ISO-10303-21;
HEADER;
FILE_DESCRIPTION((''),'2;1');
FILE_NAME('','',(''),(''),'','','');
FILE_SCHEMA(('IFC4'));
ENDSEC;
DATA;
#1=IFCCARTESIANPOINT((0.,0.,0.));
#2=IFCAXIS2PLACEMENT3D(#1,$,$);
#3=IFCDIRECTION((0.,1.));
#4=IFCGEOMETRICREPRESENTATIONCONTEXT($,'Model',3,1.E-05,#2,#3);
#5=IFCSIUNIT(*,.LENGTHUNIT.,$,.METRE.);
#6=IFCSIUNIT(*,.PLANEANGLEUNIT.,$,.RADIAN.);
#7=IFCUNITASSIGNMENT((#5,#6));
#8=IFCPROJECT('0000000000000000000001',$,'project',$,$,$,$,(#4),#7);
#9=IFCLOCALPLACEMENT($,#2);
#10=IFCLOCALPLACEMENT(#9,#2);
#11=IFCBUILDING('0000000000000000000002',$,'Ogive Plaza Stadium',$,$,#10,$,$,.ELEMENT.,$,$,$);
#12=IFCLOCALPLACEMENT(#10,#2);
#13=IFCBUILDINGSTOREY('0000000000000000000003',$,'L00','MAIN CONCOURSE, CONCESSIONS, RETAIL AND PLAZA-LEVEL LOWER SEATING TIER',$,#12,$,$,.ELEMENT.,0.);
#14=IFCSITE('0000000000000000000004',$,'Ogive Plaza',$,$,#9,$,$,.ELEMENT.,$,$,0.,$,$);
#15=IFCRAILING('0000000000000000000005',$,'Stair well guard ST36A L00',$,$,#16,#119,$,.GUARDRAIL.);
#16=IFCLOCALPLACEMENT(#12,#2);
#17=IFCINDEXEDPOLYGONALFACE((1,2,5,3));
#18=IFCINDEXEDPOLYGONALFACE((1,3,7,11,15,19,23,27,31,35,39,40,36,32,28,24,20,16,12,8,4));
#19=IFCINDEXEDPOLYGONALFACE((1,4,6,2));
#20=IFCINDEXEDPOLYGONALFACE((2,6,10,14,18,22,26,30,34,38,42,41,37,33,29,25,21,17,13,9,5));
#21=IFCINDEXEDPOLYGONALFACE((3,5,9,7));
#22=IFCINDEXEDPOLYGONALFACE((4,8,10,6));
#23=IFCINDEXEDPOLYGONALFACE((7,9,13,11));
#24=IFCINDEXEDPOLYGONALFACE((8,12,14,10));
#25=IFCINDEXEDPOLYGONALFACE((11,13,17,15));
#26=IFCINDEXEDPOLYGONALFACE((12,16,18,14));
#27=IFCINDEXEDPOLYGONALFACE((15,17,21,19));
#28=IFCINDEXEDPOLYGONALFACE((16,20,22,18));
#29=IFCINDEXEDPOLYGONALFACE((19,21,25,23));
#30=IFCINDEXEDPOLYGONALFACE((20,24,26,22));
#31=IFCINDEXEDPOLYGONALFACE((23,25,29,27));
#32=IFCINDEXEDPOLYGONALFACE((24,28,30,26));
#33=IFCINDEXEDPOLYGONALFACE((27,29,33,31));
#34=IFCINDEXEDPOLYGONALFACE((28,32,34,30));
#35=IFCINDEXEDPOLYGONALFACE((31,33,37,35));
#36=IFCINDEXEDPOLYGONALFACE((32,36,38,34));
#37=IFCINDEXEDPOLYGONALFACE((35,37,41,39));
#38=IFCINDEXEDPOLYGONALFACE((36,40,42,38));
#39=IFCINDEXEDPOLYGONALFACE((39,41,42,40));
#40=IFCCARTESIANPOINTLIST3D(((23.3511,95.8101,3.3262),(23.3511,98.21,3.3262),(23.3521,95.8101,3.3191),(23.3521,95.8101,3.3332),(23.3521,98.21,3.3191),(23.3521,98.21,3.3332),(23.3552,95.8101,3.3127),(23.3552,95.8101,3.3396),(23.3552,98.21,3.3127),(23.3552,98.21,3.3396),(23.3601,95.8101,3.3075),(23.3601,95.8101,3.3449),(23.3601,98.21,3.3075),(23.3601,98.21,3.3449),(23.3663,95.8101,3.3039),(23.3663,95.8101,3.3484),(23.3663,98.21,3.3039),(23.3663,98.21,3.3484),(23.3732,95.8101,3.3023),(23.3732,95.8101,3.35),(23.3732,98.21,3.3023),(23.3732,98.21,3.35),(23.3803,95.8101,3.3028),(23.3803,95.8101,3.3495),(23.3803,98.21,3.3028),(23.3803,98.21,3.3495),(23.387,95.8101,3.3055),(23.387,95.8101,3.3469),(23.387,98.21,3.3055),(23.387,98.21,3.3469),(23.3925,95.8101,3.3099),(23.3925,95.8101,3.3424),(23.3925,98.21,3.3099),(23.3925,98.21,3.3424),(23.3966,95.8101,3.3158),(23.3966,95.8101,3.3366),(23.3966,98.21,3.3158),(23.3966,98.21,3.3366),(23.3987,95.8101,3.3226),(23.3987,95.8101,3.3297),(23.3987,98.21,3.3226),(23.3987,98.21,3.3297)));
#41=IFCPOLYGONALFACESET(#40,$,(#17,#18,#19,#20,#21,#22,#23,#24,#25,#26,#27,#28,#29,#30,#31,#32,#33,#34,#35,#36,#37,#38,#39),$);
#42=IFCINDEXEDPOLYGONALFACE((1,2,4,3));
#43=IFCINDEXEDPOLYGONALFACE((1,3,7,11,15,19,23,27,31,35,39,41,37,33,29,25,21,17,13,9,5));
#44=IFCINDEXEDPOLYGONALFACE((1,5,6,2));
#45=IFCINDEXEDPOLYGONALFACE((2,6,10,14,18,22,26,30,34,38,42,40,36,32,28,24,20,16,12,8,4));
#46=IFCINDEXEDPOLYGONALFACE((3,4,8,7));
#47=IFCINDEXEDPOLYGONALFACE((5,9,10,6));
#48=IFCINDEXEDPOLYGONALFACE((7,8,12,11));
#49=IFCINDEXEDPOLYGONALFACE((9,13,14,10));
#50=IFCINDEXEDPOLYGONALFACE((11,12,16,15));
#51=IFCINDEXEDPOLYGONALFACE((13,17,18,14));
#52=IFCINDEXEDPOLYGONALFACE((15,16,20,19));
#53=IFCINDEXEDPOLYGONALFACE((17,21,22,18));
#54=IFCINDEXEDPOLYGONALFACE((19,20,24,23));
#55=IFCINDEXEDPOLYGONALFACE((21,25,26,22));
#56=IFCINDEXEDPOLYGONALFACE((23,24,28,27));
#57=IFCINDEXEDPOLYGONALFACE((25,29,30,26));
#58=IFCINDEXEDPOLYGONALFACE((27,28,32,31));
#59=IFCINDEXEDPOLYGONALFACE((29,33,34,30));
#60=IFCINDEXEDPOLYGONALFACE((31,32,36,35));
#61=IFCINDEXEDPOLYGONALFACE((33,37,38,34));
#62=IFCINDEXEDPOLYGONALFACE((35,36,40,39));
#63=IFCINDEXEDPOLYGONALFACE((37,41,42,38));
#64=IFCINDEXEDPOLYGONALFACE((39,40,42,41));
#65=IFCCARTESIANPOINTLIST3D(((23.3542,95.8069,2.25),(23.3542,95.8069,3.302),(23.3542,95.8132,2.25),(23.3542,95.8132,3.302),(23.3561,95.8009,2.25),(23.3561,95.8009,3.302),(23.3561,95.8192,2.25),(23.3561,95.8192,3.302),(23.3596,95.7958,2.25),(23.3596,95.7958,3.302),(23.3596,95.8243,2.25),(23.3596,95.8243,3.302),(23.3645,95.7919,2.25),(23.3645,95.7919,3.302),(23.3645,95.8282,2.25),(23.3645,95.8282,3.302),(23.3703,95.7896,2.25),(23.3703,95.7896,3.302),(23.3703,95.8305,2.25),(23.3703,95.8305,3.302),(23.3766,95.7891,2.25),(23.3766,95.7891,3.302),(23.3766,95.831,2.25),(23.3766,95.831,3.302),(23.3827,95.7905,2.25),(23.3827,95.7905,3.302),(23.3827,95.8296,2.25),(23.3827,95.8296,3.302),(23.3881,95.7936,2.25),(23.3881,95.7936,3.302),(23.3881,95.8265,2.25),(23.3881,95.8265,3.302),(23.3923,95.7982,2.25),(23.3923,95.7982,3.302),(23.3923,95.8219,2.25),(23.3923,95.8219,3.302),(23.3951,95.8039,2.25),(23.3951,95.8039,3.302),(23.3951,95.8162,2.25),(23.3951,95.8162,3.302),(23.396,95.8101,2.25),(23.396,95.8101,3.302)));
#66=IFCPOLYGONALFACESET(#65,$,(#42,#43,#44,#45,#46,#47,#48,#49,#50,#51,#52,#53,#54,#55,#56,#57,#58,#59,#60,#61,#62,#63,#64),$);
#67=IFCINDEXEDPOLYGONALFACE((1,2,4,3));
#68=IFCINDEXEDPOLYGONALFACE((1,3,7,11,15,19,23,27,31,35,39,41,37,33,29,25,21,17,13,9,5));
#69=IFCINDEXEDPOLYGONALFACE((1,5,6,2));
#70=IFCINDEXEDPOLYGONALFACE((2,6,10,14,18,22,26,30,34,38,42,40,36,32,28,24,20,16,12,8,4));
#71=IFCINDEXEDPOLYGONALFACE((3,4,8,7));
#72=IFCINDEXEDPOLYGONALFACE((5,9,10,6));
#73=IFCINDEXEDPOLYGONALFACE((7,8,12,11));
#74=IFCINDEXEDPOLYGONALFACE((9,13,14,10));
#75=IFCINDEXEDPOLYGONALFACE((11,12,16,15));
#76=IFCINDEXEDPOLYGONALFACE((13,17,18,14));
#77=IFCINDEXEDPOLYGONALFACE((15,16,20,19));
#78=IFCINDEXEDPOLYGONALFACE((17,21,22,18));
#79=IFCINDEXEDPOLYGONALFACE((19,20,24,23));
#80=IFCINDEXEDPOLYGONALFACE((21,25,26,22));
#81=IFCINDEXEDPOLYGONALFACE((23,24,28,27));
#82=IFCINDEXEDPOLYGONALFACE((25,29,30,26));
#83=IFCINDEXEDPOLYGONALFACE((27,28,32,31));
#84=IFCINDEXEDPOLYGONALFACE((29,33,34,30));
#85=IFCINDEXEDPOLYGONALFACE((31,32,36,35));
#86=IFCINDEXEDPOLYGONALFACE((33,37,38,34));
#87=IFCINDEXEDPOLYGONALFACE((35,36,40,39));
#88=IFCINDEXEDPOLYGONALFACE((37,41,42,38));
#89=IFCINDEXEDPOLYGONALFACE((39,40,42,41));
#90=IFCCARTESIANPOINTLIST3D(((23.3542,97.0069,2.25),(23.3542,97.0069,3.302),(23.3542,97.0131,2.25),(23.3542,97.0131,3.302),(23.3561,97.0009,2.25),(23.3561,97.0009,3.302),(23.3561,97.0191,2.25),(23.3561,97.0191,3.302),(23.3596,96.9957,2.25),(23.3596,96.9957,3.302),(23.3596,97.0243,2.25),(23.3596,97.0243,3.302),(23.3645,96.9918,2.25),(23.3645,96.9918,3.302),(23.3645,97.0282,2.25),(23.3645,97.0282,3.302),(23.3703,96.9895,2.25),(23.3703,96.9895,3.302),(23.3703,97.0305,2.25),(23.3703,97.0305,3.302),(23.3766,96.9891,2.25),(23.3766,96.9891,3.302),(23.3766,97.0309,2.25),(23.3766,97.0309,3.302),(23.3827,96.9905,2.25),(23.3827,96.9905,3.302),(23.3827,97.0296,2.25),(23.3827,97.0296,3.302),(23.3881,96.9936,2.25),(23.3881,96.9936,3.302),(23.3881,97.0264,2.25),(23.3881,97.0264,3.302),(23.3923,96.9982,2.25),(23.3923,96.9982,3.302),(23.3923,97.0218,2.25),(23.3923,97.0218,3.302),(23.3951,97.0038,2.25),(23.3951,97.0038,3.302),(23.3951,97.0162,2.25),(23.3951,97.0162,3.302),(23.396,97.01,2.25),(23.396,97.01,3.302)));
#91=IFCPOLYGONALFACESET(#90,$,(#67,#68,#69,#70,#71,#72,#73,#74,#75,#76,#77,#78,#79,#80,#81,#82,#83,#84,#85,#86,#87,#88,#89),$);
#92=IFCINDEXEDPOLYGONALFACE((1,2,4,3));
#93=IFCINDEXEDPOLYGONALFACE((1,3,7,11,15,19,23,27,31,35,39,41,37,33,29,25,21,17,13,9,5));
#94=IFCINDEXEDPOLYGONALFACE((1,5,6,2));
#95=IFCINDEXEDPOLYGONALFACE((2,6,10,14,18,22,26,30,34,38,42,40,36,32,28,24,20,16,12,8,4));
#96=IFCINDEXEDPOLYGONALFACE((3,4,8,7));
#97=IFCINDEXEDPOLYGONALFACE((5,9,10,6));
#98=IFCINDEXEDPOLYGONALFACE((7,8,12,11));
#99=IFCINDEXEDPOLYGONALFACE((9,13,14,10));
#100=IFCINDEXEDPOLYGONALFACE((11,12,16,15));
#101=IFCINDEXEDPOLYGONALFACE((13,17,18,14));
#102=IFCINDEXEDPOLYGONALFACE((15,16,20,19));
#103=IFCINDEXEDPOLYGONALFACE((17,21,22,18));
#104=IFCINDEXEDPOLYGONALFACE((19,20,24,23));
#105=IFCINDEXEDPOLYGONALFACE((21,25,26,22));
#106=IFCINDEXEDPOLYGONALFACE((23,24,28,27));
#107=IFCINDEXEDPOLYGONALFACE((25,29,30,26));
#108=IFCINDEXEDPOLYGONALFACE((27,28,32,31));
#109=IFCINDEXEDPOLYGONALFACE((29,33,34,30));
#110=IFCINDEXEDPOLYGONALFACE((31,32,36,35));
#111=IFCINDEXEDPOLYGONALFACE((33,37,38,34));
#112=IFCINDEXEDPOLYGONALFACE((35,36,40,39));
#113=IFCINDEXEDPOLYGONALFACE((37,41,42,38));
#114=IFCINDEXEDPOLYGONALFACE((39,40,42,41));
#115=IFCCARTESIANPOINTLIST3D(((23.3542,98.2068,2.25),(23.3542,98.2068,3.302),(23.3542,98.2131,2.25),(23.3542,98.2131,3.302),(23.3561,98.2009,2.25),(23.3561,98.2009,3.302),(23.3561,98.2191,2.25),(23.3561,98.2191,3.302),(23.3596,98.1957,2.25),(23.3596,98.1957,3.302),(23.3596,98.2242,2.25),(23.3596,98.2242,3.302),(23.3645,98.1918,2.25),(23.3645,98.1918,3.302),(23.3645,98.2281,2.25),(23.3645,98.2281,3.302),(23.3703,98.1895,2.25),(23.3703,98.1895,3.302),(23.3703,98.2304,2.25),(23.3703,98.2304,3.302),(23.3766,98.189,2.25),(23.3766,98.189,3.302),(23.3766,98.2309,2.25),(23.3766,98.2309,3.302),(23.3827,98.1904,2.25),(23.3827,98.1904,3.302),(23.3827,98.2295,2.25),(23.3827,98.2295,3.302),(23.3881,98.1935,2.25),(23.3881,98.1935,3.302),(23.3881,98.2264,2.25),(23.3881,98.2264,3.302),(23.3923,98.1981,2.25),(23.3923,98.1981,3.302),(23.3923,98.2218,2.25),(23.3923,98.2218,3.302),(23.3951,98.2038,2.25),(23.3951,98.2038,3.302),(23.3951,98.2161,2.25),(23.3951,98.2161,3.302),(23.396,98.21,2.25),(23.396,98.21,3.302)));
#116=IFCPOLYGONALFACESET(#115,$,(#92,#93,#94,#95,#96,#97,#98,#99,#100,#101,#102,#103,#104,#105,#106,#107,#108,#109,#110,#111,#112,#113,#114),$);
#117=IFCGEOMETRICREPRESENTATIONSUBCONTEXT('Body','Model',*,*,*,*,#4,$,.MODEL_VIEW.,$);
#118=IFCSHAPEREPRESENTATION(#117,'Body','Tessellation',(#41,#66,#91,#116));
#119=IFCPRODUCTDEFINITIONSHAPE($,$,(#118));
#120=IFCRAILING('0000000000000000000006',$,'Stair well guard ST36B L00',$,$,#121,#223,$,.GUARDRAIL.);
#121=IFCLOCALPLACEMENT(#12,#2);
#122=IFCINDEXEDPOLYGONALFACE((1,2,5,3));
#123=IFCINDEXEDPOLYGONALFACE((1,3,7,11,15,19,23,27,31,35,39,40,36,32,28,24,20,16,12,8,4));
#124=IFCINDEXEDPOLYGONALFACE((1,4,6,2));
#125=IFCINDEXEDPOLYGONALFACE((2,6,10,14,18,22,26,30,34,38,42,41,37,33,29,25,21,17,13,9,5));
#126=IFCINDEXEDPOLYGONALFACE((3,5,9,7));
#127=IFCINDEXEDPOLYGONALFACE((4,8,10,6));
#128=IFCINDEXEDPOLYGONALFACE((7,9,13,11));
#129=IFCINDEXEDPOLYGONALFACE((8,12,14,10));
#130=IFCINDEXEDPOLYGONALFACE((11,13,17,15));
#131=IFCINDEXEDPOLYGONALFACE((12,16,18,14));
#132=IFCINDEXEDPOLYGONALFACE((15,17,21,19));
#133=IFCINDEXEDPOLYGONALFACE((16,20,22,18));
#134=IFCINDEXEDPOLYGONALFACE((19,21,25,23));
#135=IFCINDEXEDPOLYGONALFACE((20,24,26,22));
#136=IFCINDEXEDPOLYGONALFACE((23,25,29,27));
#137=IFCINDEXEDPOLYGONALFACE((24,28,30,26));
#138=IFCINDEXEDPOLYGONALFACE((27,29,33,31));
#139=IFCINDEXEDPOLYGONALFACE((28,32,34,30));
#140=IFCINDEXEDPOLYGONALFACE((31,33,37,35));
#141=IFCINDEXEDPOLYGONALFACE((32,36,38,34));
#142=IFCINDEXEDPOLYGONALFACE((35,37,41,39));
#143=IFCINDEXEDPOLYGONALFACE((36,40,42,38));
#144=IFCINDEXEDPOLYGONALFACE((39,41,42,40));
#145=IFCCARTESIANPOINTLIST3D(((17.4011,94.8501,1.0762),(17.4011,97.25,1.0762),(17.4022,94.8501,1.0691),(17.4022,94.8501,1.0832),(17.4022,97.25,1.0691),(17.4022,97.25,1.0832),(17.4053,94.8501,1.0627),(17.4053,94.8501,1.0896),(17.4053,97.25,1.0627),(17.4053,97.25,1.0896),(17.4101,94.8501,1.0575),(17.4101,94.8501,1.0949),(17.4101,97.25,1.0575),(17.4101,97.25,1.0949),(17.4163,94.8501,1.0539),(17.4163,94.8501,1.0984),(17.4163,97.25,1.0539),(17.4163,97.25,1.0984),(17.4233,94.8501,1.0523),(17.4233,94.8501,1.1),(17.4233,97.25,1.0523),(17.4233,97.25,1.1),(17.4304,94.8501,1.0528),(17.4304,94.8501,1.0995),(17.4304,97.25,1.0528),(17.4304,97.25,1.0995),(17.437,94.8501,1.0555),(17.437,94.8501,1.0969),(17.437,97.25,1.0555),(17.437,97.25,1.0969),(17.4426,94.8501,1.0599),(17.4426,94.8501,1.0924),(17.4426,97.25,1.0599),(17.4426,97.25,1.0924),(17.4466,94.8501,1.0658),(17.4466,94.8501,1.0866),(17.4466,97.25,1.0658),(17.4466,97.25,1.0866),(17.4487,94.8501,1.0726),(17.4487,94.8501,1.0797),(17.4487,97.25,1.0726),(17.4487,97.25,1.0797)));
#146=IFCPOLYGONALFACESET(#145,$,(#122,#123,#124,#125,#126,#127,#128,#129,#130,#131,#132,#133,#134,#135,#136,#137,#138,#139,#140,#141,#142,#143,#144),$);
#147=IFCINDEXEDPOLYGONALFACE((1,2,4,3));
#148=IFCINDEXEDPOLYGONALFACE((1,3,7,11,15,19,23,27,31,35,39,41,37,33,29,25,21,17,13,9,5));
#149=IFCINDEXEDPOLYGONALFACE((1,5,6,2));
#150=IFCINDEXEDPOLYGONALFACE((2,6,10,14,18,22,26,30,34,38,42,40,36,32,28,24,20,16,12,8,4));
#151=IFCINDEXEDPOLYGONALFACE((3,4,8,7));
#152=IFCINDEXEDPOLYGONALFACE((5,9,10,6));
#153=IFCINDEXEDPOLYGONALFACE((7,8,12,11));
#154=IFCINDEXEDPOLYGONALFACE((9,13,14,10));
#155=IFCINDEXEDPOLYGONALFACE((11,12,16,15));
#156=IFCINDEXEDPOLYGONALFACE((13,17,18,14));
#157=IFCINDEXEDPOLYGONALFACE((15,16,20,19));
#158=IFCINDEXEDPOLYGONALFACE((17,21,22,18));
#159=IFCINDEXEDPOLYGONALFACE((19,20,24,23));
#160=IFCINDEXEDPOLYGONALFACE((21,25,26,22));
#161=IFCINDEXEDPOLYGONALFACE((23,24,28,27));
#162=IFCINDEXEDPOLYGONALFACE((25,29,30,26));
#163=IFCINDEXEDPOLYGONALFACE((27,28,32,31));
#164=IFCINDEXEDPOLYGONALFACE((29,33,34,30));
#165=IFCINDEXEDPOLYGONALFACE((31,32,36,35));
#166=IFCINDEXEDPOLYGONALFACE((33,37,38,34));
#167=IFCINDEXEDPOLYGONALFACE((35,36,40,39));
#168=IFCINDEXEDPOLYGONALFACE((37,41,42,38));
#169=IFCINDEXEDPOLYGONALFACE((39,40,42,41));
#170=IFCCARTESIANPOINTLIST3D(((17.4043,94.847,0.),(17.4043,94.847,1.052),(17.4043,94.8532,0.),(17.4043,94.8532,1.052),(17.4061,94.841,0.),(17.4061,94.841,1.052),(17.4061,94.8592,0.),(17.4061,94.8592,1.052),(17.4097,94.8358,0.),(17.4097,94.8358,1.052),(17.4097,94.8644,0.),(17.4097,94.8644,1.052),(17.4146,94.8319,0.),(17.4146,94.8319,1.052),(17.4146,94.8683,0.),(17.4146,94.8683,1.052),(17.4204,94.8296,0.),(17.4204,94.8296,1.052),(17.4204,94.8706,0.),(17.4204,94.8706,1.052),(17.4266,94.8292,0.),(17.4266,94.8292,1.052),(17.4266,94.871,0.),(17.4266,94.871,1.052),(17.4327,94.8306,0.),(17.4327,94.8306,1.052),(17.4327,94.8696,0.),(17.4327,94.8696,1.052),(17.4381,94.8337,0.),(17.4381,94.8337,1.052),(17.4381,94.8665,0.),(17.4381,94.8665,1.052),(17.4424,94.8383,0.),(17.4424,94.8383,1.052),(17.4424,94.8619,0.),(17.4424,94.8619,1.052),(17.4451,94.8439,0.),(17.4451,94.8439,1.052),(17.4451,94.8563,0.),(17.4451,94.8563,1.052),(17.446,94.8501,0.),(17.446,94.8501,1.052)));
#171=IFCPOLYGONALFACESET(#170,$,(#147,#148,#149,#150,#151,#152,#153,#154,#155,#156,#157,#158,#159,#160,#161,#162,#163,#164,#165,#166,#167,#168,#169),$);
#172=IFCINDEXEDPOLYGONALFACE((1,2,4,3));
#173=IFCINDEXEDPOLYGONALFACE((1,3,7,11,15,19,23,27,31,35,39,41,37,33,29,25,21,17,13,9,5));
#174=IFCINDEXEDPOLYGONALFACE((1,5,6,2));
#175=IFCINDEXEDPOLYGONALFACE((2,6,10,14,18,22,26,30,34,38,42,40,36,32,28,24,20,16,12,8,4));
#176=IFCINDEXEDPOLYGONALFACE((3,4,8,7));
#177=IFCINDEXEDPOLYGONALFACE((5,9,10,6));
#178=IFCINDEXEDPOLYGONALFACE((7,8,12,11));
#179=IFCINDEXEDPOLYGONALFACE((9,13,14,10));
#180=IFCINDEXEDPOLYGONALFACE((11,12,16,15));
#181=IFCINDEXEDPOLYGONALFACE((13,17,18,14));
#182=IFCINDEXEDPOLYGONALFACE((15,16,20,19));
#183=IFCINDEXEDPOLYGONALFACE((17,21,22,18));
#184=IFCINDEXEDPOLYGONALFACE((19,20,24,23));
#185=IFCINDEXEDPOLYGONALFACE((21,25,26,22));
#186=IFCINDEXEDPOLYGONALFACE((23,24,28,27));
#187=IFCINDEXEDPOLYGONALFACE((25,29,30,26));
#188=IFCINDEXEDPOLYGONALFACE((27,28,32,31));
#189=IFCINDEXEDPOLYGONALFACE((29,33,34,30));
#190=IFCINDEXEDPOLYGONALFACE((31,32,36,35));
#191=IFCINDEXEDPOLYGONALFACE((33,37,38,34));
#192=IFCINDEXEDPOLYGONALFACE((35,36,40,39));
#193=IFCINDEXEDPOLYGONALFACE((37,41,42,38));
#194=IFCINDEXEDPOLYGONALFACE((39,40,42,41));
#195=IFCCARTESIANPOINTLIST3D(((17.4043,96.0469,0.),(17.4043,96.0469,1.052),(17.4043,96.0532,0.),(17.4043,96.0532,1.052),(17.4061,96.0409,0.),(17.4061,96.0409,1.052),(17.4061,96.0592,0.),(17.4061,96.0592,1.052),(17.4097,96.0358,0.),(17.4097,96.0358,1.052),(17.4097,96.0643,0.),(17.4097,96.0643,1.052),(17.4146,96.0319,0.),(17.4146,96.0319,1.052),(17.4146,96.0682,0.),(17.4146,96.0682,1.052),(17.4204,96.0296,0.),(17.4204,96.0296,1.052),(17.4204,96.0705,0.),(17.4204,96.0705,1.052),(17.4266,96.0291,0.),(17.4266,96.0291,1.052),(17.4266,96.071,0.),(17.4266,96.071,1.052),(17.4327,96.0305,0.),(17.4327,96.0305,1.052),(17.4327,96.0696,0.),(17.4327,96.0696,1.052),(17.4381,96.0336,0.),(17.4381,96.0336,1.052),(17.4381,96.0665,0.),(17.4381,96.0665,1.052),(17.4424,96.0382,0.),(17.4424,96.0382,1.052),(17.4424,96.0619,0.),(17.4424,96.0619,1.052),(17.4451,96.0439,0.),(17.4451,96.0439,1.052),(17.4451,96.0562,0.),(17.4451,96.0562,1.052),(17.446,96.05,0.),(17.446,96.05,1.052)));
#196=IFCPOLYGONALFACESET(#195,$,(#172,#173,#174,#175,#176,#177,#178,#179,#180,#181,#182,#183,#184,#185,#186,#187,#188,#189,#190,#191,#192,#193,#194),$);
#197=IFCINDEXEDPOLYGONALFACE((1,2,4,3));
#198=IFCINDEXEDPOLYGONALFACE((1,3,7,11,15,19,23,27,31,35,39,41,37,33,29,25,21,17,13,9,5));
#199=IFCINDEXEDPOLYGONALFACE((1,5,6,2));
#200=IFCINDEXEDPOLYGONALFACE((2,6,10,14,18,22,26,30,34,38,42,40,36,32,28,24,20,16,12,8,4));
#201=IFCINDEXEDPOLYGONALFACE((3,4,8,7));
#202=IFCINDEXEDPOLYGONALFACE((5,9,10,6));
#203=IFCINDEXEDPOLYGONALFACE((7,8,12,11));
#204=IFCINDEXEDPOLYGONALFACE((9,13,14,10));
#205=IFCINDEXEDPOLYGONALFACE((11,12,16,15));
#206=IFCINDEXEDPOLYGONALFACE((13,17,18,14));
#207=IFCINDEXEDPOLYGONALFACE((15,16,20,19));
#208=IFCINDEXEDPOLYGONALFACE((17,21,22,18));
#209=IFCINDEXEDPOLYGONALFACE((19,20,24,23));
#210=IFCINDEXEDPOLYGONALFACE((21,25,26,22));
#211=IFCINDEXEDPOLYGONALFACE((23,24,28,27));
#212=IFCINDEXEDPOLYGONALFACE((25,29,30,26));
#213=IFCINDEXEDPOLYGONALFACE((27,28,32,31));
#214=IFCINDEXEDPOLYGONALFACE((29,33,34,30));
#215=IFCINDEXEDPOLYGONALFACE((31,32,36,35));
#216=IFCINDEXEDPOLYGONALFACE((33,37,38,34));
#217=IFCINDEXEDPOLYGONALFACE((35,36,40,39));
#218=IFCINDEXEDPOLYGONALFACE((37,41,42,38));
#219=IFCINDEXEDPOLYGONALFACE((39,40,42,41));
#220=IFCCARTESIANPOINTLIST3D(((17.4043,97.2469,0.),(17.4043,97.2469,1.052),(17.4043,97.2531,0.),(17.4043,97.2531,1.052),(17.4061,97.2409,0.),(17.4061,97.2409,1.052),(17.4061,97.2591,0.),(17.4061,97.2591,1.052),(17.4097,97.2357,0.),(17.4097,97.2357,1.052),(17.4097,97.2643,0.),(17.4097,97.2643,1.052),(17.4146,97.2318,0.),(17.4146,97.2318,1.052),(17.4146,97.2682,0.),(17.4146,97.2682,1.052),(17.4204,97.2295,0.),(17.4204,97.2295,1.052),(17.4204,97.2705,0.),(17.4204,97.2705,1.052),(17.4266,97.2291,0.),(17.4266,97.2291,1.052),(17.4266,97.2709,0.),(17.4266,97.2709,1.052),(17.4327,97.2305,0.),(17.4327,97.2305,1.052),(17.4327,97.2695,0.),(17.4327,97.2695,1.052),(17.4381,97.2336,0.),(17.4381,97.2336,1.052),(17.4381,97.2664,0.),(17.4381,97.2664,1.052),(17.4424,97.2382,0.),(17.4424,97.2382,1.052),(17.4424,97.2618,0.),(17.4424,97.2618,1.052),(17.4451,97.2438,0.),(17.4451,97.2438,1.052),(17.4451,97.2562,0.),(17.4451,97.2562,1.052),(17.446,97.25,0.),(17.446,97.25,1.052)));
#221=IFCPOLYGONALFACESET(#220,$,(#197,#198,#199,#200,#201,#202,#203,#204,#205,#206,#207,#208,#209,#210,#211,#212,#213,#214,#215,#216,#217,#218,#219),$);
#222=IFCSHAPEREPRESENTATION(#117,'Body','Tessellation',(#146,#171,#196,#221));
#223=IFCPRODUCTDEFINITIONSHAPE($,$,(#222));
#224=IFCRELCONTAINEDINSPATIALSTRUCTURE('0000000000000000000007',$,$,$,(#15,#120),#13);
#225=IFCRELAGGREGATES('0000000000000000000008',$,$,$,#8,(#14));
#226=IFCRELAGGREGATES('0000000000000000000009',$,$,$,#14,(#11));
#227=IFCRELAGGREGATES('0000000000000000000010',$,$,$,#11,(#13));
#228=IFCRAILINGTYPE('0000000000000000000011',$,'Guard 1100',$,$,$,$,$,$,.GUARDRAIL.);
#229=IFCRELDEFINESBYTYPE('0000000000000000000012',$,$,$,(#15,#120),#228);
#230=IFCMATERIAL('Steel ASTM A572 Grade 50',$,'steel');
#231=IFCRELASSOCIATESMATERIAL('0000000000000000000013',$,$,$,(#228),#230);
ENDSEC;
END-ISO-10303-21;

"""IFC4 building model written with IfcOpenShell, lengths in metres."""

from ifc_helpers import new_model, si_unit, direction, frame, origin, origin_2d, place, context, subcontext, project, spatial, circle, extrude, material, type_object, element, save


model = new_model("IFC4")

# Units and contexts
model_context = context("Model", 3, precision=1e-05, world=origin(), true_north=direction((0.0, 1.0)))
body_context = subcontext(model_context, "Body", "Model", "MODEL_VIEW")
ifc_project = project(units=[si_unit("LENGTHUNIT", "METRE"), si_unit("PLANEANGLEUNIT", "RADIAN")], contexts=[model_context])

# Site, building, storey
site_placement = place(None, origin())
site = spatial("IfcSite", under=ifc_project, at=site_placement, Name="Ogive Plaza", CompositionType="ELEMENT", RefElevation=0.0)
building_placement = place(site_placement, origin())
building = spatial("IfcBuilding", under=site, at=building_placement, Name="Ogive Plaza Stadium", CompositionType="ELEMENT")
storey_placement = place(building_placement, origin())
storey = spatial("IfcBuildingStorey", under=building, at=storey_placement, Name="L00", Description="MAIN CONCOURSE, CONCESSIONS, RETAIL AND PLAZA-LEVEL LOWER SEATING TIER", CompositionType="ELEMENT", Elevation=0.0)

# Railings
ifc_material_1 = material(Name="Steel ASTM A572 Grade 50", Category="steel")
railing_type_1 = type_object("IfcRailingType", Name="Guard 1100", PredefinedType="GUARDRAIL", material=ifc_material_1)
for number, where, name in (
    (1, (23.375, 95.8101, 2.25), "Stair well guard ST36A L00"),
    (2, (17.425, 94.8501, 0.0), "Stair well guard ST36B L00"),
):
    element("IfcRailing", number, at=place(storey_placement, frame(where)), inside=storey, type_object=railing_type_1, Name=name, PredefinedType="GUARDRAIL", context=body_context, shape_type="SweptSolid", body=[
        extrude(circle(Radius=0.0239, at=origin_2d()), frame((0.0, 0.0, 1.0762), z_axis=(0.0, 1.0, 0.0), x_axis=(-1.0, 0.0, 0.0)), (0.0, 0.0, 1.0), 2.3999),
        extrude(circle(Radius=0.021, at=origin_2d()), origin(), (0.0, 0.0, 1.0), 1.052),
        extrude(circle(Radius=0.021, at=origin_2d()), frame((0.0, 1.2, 0.0)), (0.0, 0.0, 1.0), 1.052),
        extrude(circle(Radius=0.021, at=origin_2d()), frame((0.0, 2.3999, 0.0)), (0.0, 0.0, 1.0), 1.052),
    ])

save(model, "model.ifc")
